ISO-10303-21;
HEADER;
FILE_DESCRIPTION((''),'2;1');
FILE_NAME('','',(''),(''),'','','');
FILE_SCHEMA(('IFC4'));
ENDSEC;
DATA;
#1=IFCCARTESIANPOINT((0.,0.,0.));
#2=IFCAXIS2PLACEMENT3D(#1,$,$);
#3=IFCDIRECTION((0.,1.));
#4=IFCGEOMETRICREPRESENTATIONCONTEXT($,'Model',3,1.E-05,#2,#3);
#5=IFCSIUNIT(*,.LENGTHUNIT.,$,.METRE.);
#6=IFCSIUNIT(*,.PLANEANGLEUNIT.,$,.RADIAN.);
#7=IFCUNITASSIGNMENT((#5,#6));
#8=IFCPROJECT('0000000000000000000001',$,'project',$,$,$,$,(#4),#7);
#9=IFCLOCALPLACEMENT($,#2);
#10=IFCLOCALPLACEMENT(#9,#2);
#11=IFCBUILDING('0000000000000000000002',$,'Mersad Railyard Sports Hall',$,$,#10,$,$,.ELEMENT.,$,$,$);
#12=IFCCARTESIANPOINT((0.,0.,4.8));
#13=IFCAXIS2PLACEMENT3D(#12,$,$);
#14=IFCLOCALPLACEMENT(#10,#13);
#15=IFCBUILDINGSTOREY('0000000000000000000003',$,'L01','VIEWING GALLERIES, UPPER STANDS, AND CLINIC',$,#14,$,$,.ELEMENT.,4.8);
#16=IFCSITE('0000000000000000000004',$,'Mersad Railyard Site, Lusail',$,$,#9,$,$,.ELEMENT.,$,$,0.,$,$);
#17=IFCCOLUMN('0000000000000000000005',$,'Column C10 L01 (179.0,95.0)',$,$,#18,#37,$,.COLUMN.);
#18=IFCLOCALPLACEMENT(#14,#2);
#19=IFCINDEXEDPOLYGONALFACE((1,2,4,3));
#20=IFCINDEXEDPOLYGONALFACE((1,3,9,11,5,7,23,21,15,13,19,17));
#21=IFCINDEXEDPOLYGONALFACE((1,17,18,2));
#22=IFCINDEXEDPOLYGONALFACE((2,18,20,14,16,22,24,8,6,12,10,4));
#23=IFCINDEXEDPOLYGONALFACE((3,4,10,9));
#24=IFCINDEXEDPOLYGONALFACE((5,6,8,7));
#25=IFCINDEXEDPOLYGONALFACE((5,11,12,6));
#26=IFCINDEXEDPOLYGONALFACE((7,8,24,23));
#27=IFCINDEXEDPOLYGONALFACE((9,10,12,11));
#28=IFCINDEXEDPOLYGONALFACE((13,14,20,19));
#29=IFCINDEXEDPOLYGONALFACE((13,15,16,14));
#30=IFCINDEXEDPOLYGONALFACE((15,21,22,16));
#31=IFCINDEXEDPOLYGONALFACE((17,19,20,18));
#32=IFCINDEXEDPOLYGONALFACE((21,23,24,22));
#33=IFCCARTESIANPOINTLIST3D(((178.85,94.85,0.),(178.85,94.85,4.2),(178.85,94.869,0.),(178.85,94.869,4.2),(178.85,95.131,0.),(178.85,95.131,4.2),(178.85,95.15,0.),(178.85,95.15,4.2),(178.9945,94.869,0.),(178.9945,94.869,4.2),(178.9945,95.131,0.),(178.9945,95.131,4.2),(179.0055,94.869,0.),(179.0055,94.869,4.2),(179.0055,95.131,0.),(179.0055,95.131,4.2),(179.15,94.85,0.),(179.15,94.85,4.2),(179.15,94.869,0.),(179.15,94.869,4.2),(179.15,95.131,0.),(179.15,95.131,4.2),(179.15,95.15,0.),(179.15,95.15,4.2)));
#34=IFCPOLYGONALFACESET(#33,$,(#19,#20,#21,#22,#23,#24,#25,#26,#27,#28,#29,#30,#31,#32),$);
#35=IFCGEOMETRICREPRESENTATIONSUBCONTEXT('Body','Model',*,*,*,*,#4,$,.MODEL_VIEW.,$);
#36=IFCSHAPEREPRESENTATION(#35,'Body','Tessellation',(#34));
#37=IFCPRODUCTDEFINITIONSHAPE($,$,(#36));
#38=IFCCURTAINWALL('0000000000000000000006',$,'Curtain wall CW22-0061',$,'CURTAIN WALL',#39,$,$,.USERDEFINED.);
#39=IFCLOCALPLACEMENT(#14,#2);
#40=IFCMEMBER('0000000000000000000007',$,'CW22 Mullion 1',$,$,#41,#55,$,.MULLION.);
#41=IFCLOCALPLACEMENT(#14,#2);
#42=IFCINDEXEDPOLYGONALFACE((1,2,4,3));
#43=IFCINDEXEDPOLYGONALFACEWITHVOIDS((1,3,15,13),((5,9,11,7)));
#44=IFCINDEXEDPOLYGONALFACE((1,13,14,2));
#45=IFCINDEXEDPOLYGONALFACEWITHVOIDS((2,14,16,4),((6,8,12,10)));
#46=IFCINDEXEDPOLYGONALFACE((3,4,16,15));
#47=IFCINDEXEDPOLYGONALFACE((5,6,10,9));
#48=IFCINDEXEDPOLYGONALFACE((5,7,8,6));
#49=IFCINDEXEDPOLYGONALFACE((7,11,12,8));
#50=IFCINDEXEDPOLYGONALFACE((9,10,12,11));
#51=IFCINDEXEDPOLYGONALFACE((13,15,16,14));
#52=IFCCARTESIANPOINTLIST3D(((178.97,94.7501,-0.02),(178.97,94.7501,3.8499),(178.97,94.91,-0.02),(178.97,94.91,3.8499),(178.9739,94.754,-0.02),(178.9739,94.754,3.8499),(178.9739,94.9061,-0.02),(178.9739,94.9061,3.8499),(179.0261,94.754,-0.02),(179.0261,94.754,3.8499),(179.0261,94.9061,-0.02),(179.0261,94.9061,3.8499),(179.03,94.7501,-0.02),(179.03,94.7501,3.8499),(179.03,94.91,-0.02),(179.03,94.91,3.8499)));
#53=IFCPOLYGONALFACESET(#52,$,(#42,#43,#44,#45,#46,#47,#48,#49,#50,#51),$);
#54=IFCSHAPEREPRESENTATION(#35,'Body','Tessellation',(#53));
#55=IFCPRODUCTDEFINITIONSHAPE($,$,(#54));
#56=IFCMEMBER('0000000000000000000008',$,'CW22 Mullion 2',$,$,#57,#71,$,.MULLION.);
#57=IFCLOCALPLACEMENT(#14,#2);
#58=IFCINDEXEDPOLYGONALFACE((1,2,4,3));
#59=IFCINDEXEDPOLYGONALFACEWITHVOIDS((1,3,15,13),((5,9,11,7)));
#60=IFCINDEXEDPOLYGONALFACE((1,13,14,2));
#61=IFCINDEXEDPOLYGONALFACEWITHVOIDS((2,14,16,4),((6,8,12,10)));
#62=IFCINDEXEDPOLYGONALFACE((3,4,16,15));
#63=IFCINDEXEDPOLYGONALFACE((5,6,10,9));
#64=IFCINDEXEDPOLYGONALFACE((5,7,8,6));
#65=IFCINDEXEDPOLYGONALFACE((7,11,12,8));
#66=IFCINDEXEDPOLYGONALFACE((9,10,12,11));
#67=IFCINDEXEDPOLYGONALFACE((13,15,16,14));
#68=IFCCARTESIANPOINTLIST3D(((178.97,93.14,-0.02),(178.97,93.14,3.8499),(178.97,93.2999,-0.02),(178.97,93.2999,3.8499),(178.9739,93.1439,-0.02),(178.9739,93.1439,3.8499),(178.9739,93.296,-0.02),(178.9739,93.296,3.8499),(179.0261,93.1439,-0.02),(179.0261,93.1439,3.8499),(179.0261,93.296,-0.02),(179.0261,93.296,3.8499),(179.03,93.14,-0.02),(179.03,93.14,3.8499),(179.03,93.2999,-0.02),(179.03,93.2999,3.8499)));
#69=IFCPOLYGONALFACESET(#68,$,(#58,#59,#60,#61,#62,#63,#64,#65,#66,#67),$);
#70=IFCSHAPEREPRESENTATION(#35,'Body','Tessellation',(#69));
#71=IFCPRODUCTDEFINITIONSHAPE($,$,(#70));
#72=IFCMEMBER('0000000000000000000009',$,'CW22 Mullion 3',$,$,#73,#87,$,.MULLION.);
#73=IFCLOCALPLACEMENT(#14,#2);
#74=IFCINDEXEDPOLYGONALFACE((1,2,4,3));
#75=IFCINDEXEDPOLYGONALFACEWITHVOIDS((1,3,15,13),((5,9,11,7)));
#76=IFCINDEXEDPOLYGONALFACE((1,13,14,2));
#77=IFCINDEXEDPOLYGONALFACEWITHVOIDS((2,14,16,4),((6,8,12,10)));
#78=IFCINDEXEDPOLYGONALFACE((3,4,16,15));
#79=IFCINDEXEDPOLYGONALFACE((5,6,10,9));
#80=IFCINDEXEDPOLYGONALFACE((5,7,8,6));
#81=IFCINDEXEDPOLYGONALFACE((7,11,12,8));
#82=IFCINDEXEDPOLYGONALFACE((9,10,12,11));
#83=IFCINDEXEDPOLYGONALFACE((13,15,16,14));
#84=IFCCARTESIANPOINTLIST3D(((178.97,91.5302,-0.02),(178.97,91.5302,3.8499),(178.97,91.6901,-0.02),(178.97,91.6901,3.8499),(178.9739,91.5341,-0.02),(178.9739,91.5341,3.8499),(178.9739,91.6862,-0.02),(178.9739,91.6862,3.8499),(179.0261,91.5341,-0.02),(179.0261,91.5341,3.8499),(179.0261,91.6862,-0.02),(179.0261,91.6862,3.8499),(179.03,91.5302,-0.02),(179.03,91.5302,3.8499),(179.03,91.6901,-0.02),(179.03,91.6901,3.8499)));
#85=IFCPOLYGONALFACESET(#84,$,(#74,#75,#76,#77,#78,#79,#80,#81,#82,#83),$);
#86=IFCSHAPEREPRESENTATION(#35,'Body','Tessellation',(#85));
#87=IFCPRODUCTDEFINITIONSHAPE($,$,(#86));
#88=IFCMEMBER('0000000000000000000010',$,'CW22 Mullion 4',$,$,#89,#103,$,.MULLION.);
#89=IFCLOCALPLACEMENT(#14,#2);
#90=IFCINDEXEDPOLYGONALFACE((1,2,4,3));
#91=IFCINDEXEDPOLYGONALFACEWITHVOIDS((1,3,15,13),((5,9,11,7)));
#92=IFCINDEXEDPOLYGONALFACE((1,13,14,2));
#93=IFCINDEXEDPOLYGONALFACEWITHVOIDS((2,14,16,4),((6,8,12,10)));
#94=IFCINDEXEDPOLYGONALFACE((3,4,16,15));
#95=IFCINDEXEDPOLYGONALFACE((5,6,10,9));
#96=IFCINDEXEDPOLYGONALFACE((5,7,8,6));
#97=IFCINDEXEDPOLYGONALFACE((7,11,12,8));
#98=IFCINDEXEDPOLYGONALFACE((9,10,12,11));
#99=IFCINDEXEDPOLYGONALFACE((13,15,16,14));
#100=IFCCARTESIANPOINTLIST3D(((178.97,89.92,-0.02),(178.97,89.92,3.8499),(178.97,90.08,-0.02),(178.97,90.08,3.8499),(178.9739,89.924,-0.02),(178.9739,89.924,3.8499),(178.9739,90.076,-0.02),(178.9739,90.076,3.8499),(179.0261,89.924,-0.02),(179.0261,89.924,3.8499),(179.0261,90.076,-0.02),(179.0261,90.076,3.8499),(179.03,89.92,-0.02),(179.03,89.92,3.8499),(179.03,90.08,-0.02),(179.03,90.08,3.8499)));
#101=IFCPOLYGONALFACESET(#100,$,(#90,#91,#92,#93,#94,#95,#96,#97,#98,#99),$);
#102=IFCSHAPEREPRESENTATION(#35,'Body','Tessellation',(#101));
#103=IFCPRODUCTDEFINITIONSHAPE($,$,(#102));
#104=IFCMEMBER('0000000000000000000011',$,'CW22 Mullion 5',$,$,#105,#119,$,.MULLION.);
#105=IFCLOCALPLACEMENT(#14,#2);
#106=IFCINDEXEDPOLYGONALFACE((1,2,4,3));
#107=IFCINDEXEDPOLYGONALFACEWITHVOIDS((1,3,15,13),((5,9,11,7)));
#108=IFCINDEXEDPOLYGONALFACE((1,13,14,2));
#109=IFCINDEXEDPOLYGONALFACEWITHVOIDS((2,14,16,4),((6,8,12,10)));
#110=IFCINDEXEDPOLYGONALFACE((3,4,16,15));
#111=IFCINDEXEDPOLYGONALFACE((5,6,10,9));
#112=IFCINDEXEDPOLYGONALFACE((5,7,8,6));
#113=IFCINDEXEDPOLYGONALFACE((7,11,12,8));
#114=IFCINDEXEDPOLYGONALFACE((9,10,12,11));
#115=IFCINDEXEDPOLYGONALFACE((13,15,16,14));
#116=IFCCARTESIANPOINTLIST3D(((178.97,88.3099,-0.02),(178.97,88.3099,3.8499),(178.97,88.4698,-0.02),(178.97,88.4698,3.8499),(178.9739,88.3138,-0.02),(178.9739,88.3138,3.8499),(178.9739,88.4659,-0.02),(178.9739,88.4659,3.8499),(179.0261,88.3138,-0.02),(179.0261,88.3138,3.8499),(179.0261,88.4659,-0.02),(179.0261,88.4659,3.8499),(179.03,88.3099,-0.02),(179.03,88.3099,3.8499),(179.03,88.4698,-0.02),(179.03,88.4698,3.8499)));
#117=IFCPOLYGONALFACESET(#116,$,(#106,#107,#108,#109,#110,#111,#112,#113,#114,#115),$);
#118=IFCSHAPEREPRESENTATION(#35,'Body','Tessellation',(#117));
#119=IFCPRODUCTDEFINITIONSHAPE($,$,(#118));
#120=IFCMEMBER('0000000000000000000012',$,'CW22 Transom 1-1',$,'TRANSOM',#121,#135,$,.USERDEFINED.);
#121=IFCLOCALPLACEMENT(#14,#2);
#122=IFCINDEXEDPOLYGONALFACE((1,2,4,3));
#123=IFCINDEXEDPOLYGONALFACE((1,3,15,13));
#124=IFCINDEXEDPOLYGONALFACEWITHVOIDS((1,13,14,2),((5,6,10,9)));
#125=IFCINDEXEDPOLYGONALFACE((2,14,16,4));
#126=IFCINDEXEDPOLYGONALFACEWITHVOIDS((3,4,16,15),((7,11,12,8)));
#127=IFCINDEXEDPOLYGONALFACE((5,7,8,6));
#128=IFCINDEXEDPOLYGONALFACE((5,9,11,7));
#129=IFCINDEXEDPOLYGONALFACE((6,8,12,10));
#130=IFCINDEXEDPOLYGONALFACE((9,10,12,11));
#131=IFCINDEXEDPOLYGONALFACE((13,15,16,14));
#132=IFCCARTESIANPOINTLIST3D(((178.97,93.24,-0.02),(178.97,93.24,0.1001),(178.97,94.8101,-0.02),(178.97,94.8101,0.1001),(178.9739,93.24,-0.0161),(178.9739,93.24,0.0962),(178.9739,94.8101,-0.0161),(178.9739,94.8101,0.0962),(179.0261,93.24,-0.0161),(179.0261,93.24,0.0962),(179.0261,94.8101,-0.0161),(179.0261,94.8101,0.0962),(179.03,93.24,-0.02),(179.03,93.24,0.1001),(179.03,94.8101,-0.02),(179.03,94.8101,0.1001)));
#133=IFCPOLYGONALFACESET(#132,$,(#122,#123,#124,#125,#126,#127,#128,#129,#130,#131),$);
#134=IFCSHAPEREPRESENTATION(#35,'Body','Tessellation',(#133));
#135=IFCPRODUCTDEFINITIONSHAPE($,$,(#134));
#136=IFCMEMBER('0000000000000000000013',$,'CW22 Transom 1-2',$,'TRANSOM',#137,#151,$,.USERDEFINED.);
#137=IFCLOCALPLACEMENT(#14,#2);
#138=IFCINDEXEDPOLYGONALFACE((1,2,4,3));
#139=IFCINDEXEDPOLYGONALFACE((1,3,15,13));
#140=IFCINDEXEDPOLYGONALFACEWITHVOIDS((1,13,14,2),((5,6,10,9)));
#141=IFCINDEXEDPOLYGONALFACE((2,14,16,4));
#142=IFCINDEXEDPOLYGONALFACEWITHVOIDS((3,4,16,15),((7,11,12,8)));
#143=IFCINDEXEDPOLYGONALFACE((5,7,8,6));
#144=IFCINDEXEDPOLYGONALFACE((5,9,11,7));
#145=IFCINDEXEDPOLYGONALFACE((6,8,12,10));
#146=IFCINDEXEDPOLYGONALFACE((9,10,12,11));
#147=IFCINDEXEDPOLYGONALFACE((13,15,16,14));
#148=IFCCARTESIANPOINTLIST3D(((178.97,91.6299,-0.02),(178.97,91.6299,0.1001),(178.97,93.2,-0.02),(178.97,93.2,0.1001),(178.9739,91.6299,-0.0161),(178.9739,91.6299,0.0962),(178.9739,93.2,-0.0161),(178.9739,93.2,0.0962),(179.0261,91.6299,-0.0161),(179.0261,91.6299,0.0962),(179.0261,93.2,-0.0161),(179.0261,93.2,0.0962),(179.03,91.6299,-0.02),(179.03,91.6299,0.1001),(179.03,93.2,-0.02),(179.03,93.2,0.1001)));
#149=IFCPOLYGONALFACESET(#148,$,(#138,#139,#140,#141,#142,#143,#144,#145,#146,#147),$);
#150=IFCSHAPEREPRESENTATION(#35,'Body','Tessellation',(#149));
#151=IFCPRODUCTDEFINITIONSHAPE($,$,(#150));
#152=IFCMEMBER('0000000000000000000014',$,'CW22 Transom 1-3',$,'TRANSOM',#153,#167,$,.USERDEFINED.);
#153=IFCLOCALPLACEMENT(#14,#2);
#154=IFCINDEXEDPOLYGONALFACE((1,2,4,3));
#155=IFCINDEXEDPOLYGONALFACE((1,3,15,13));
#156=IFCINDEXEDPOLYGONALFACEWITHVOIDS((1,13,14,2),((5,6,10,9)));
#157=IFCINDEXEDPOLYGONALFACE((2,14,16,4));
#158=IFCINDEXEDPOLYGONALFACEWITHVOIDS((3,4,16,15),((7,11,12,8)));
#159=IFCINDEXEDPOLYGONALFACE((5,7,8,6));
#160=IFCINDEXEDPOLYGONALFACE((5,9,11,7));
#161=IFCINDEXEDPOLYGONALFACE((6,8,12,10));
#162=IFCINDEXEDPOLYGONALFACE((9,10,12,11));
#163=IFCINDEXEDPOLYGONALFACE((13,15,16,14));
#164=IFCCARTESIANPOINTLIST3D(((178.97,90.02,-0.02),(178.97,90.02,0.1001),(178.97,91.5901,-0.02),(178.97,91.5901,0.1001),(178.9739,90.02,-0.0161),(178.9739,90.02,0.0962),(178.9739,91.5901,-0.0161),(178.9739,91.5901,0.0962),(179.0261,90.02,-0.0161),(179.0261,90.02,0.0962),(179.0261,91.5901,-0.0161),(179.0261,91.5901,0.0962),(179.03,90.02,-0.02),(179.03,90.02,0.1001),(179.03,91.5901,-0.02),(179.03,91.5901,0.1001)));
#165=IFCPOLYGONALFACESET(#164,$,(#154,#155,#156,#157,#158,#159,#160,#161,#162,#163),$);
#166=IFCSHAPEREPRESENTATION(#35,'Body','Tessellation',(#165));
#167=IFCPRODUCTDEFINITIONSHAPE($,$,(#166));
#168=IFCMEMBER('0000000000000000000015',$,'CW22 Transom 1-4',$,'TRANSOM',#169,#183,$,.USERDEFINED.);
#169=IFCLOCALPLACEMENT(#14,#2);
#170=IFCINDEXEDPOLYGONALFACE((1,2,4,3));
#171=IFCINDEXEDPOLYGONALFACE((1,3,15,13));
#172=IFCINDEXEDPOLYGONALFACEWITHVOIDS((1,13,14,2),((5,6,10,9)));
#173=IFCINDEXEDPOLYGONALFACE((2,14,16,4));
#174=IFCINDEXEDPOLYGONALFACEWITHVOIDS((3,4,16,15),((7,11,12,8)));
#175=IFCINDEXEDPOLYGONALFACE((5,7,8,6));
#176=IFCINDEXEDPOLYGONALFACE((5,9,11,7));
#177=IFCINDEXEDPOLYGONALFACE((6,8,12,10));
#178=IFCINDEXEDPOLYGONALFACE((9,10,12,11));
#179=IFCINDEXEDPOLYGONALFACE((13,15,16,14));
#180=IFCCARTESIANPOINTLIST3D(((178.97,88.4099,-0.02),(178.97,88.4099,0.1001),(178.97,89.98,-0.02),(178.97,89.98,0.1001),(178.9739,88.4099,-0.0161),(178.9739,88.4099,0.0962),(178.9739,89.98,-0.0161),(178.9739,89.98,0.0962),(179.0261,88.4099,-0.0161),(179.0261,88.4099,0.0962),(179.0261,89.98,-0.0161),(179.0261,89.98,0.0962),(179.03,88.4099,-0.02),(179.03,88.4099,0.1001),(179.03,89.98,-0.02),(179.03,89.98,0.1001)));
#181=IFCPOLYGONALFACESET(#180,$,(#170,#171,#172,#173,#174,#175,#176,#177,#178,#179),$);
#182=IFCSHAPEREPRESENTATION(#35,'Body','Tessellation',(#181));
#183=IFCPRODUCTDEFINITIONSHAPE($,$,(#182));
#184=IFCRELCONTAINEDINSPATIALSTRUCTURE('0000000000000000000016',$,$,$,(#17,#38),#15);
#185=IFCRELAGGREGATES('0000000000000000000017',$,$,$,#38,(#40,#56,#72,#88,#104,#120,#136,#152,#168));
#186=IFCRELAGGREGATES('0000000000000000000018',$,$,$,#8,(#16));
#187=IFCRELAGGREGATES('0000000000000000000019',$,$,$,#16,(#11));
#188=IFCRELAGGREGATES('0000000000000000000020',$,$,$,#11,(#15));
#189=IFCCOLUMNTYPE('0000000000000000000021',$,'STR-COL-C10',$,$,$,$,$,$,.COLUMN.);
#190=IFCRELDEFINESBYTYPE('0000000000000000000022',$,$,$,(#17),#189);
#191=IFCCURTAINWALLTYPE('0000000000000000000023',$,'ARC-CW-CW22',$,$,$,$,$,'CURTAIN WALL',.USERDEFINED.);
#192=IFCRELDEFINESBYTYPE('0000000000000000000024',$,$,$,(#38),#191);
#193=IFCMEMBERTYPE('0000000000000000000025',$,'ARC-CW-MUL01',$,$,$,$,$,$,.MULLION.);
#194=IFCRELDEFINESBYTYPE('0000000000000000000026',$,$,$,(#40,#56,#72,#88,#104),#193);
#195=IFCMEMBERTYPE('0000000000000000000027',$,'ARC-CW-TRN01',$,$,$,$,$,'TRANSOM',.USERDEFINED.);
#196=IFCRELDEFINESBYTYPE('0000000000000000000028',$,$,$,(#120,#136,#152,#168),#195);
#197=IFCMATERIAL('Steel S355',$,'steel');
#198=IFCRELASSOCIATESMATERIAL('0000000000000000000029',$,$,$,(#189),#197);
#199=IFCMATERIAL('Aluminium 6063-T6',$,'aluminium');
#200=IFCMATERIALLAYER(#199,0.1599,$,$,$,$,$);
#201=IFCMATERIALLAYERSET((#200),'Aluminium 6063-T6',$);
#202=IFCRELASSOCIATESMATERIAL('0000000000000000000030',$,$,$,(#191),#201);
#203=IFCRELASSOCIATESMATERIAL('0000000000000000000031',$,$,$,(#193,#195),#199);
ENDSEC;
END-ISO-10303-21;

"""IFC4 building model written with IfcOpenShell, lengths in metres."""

from ifc_helpers import new_model, si_unit, direction, frame, origin, origin_2d, place, context, subcontext, project, spatial, hollow_rectangle, i_section, extrude, material, layer, layer_set, material_profile, profile_set, type_object, element, aggregate, save


model = new_model("IFC4")

# Units and contexts
model_context = context("Model", 3, precision=1e-05, world=origin(), true_north=direction((0.0, 1.0)))
body_context = subcontext(model_context, "Body", "Model", "MODEL_VIEW")
ifc_project = project(units=[si_unit("LENGTHUNIT", "METRE"), si_unit("PLANEANGLEUNIT", "RADIAN")], contexts=[model_context])

# Site, building, storey
site_placement = place(None, origin())
site = spatial("IfcSite", under=ifc_project, at=site_placement, Name="Mersad Railyard Site, Lusail", CompositionType="ELEMENT", RefElevation=0.0)
building_placement = place(site_placement, origin())
building = spatial("IfcBuilding", under=site, at=building_placement, Name="Mersad Railyard Sports Hall", CompositionType="ELEMENT")
storey_placement = place(building_placement, frame((0.0, 0.0, 4.8)))
storey = spatial("IfcBuildingStorey", under=building, at=storey_placement, Name="L01", Description="VIEWING GALLERIES, UPPER STANDS, AND CLINIC", CompositionType="ELEMENT", Elevation=4.8)

# Column
ifc_material_1 = material(Name="Steel S355", Category="steel")
ifc_material_profile_1 = material_profile(ifc_material_1, i_section(OverallWidth=0.3, OverallDepth=0.3, WebThickness=0.011, FlangeThickness=0.019, at=origin_2d()), Name="HEB 300")
ifc_profile_set_1 = profile_set([ifc_material_profile_1], Name="Steel S355")
column_type = type_object("IfcColumnType", Name="STR-COL-C10", PredefinedType="COLUMN", material=ifc_profile_set_1)
column_placement = place(storey_placement, frame((179.0, 95.0, 0.0), z_axis=(0.0, 0.0, 1.0), x_axis=(1.0, 0.0, 0.0)))
element("IfcColumn", 1, at=column_placement, inside=storey, type_object=column_type, Name="Column C10 L01 (179.0,95.0)", PredefinedType="COLUMN", context=body_context, shape_type="SweptSolid", body=[
    extrude(i_section(OverallWidth=0.3, OverallDepth=0.3, WebThickness=0.011, FlangeThickness=0.019, at=origin_2d()), origin(), (0.0, 0.0, 1.0), 4.2),
])

# Curtain wall, members
ifc_material_2 = material(Name="Aluminium 6063-T6", Category="aluminium")
ifc_layer_1 = layer(ifc_material_2, 0.1599)
ifc_layer_set_1 = layer_set([ifc_layer_1], Name="Aluminium 6063-T6")
curtain_wall_type = type_object("IfcCurtainWallType", Name="ARC-CW-CW22", ElementType="CURTAIN WALL", PredefinedType="USERDEFINED", material=ifc_layer_set_1)
curtain_wall_placement = place(storey_placement, origin())
curtain_wall = element("IfcCurtainWall", 2, at=curtain_wall_placement, inside=storey, type_object=curtain_wall_type, Name="Curtain wall CW22-0061", ObjectType="CURTAIN WALL", PredefinedType="USERDEFINED")
ifc_material_profile_2 = material_profile(ifc_material_2, hollow_rectangle(XDim=0.0601, YDim=0.1599, WallThickness=0.0039, at=origin_2d()), Name="AL MULLION 60x160x4")
ifc_profile_set_2 = profile_set([ifc_material_profile_2], Name="Aluminium 6063-T6")
member_type_1 = type_object("IfcMemberType", Name="ARC-CW-MUL01", PredefinedType="MULLION", material=ifc_profile_set_2)
member_1_placement = place(storey_placement, frame((179.0, 94.8301, -0.02), z_axis=(0.0, 0.0, 1.0), x_axis=(1.0, 0.0, 0.0)))
member_1 = element("IfcMember", 3, at=member_1_placement, type_object=member_type_1, Name="CW22 Mullion 1", PredefinedType="MULLION", context=body_context, shape_type="SweptSolid", body=[
    extrude(hollow_rectangle(XDim=0.0601, YDim=0.1599, WallThickness=0.0039, at=origin_2d()), origin(), (0.0, 0.0, 1.0), 3.8699),
])
member_2_placement = place(storey_placement, frame((179.0, 93.22, -0.02), z_axis=(0.0, 0.0, 1.0), x_axis=(1.0, 0.0, 0.0)))
member_2 = element("IfcMember", 4, at=member_2_placement, type_object=member_type_1, Name="CW22 Mullion 2", PredefinedType="MULLION", context=body_context, shape_type="SweptSolid", body=[
    extrude(hollow_rectangle(XDim=0.0601, YDim=0.1599, WallThickness=0.0039, at=origin_2d()), origin(), (0.0, 0.0, 1.0), 3.8699),
])
member_3_placement = place(storey_placement, frame((179.0, 91.6101, -0.02), z_axis=(0.0, 0.0, 1.0), x_axis=(1.0, 0.0, 0.0)))
member_3 = element("IfcMember", 5, at=member_3_placement, type_object=member_type_1, Name="CW22 Mullion 3", PredefinedType="MULLION", context=body_context, shape_type="SweptSolid", body=[
    extrude(hollow_rectangle(XDim=0.0601, YDim=0.1599, WallThickness=0.0039, at=origin_2d()), origin(), (0.0, 0.0, 1.0), 3.8699),
])
member_4_placement = place(storey_placement, frame((179.0, 90.0, -0.02), z_axis=(0.0, 0.0, 1.0), x_axis=(1.0, 0.0, 0.0)))
member_4 = element("IfcMember", 6, at=member_4_placement, type_object=member_type_1, Name="CW22 Mullion 4", PredefinedType="MULLION", context=body_context, shape_type="SweptSolid", body=[
    extrude(hollow_rectangle(XDim=0.0601, YDim=0.1599, WallThickness=0.0039, at=origin_2d()), origin(), (0.0, 0.0, 1.0), 3.8699),
])
member_5_placement = place(storey_placement, frame((179.0, 88.3899, -0.02), z_axis=(0.0, 0.0, 1.0), x_axis=(1.0, 0.0, 0.0)))
member_5 = element("IfcMember", 7, at=member_5_placement, type_object=member_type_1, Name="CW22 Mullion 5", PredefinedType="MULLION", context=body_context, shape_type="SweptSolid", body=[
    extrude(hollow_rectangle(XDim=0.0601, YDim=0.1599, WallThickness=0.0039, at=origin_2d()), origin(), (0.0, 0.0, 1.0), 3.8699),
])
ifc_material_profile_3 = material_profile(ifc_material_2, hollow_rectangle(XDim=0.0601, YDim=0.1201, WallThickness=0.0039, at=origin_2d()), Name="AL TRANSOM 60x120x4")
ifc_profile_set_3 = profile_set([ifc_material_profile_3], Name="Aluminium 6063-T6")
member_type_2 = type_object("IfcMemberType", Name="ARC-CW-TRN01", ElementType="TRANSOM", PredefinedType="USERDEFINED", material=ifc_profile_set_3)
member_6_placement = place(storey_placement, frame((179.0, 94.8101, 0.04), z_axis=(0.0, -1.0, 0.0), x_axis=(1.0, 0.0, 0.0)))
member_6 = element("IfcMember", 8, at=member_6_placement, type_object=member_type_2, Name="CW22 Transom 1-1", ObjectType="TRANSOM", PredefinedType="USERDEFINED", context=body_context, shape_type="SweptSolid", body=[
    extrude(hollow_rectangle(XDim=0.0601, YDim=0.1201, WallThickness=0.0039, at=origin_2d()), origin(), (0.0, 0.0, 1.0), 1.5701),
])
member_7_placement = place(storey_placement, frame((179.0, 93.2, 0.04), z_axis=(0.0, -1.0, 0.0), x_axis=(1.0, 0.0, 0.0)))
member_7 = element("IfcMember", 9, at=member_7_placement, type_object=member_type_2, Name="CW22 Transom 1-2", ObjectType="TRANSOM", PredefinedType="USERDEFINED", context=body_context, shape_type="SweptSolid", body=[
    extrude(hollow_rectangle(XDim=0.0601, YDim=0.1201, WallThickness=0.0039, at=origin_2d()), origin(), (0.0, 0.0, 1.0), 1.5701),
])
member_8_placement = place(storey_placement, frame((179.0, 91.5901, 0.04), z_axis=(0.0, -1.0, 0.0), x_axis=(1.0, 0.0, 0.0)))
member_8 = element("IfcMember", 10, at=member_8_placement, type_object=member_type_2, Name="CW22 Transom 1-3", ObjectType="TRANSOM", PredefinedType="USERDEFINED", context=body_context, shape_type="SweptSolid", body=[
    extrude(hollow_rectangle(XDim=0.0601, YDim=0.1201, WallThickness=0.0039, at=origin_2d()), origin(), (0.0, 0.0, 1.0), 1.5701),
])
member_9_placement = place(storey_placement, frame((179.0, 89.98, 0.04), z_axis=(0.0, -1.0, 0.0), x_axis=(1.0, 0.0, 0.0)))
member_9 = element("IfcMember", 11, at=member_9_placement, type_object=member_type_2, Name="CW22 Transom 1-4", ObjectType="TRANSOM", PredefinedType="USERDEFINED", context=body_context, shape_type="SweptSolid", body=[
    extrude(hollow_rectangle(XDim=0.0601, YDim=0.1201, WallThickness=0.0039, at=origin_2d()), origin(), (0.0, 0.0, 1.0), 1.5701),
])

aggregate(curtain_wall, [member_1, member_2, member_3, member_4, member_5, member_6, member_7, member_8, member_9])

save(model, "model.ifc")
